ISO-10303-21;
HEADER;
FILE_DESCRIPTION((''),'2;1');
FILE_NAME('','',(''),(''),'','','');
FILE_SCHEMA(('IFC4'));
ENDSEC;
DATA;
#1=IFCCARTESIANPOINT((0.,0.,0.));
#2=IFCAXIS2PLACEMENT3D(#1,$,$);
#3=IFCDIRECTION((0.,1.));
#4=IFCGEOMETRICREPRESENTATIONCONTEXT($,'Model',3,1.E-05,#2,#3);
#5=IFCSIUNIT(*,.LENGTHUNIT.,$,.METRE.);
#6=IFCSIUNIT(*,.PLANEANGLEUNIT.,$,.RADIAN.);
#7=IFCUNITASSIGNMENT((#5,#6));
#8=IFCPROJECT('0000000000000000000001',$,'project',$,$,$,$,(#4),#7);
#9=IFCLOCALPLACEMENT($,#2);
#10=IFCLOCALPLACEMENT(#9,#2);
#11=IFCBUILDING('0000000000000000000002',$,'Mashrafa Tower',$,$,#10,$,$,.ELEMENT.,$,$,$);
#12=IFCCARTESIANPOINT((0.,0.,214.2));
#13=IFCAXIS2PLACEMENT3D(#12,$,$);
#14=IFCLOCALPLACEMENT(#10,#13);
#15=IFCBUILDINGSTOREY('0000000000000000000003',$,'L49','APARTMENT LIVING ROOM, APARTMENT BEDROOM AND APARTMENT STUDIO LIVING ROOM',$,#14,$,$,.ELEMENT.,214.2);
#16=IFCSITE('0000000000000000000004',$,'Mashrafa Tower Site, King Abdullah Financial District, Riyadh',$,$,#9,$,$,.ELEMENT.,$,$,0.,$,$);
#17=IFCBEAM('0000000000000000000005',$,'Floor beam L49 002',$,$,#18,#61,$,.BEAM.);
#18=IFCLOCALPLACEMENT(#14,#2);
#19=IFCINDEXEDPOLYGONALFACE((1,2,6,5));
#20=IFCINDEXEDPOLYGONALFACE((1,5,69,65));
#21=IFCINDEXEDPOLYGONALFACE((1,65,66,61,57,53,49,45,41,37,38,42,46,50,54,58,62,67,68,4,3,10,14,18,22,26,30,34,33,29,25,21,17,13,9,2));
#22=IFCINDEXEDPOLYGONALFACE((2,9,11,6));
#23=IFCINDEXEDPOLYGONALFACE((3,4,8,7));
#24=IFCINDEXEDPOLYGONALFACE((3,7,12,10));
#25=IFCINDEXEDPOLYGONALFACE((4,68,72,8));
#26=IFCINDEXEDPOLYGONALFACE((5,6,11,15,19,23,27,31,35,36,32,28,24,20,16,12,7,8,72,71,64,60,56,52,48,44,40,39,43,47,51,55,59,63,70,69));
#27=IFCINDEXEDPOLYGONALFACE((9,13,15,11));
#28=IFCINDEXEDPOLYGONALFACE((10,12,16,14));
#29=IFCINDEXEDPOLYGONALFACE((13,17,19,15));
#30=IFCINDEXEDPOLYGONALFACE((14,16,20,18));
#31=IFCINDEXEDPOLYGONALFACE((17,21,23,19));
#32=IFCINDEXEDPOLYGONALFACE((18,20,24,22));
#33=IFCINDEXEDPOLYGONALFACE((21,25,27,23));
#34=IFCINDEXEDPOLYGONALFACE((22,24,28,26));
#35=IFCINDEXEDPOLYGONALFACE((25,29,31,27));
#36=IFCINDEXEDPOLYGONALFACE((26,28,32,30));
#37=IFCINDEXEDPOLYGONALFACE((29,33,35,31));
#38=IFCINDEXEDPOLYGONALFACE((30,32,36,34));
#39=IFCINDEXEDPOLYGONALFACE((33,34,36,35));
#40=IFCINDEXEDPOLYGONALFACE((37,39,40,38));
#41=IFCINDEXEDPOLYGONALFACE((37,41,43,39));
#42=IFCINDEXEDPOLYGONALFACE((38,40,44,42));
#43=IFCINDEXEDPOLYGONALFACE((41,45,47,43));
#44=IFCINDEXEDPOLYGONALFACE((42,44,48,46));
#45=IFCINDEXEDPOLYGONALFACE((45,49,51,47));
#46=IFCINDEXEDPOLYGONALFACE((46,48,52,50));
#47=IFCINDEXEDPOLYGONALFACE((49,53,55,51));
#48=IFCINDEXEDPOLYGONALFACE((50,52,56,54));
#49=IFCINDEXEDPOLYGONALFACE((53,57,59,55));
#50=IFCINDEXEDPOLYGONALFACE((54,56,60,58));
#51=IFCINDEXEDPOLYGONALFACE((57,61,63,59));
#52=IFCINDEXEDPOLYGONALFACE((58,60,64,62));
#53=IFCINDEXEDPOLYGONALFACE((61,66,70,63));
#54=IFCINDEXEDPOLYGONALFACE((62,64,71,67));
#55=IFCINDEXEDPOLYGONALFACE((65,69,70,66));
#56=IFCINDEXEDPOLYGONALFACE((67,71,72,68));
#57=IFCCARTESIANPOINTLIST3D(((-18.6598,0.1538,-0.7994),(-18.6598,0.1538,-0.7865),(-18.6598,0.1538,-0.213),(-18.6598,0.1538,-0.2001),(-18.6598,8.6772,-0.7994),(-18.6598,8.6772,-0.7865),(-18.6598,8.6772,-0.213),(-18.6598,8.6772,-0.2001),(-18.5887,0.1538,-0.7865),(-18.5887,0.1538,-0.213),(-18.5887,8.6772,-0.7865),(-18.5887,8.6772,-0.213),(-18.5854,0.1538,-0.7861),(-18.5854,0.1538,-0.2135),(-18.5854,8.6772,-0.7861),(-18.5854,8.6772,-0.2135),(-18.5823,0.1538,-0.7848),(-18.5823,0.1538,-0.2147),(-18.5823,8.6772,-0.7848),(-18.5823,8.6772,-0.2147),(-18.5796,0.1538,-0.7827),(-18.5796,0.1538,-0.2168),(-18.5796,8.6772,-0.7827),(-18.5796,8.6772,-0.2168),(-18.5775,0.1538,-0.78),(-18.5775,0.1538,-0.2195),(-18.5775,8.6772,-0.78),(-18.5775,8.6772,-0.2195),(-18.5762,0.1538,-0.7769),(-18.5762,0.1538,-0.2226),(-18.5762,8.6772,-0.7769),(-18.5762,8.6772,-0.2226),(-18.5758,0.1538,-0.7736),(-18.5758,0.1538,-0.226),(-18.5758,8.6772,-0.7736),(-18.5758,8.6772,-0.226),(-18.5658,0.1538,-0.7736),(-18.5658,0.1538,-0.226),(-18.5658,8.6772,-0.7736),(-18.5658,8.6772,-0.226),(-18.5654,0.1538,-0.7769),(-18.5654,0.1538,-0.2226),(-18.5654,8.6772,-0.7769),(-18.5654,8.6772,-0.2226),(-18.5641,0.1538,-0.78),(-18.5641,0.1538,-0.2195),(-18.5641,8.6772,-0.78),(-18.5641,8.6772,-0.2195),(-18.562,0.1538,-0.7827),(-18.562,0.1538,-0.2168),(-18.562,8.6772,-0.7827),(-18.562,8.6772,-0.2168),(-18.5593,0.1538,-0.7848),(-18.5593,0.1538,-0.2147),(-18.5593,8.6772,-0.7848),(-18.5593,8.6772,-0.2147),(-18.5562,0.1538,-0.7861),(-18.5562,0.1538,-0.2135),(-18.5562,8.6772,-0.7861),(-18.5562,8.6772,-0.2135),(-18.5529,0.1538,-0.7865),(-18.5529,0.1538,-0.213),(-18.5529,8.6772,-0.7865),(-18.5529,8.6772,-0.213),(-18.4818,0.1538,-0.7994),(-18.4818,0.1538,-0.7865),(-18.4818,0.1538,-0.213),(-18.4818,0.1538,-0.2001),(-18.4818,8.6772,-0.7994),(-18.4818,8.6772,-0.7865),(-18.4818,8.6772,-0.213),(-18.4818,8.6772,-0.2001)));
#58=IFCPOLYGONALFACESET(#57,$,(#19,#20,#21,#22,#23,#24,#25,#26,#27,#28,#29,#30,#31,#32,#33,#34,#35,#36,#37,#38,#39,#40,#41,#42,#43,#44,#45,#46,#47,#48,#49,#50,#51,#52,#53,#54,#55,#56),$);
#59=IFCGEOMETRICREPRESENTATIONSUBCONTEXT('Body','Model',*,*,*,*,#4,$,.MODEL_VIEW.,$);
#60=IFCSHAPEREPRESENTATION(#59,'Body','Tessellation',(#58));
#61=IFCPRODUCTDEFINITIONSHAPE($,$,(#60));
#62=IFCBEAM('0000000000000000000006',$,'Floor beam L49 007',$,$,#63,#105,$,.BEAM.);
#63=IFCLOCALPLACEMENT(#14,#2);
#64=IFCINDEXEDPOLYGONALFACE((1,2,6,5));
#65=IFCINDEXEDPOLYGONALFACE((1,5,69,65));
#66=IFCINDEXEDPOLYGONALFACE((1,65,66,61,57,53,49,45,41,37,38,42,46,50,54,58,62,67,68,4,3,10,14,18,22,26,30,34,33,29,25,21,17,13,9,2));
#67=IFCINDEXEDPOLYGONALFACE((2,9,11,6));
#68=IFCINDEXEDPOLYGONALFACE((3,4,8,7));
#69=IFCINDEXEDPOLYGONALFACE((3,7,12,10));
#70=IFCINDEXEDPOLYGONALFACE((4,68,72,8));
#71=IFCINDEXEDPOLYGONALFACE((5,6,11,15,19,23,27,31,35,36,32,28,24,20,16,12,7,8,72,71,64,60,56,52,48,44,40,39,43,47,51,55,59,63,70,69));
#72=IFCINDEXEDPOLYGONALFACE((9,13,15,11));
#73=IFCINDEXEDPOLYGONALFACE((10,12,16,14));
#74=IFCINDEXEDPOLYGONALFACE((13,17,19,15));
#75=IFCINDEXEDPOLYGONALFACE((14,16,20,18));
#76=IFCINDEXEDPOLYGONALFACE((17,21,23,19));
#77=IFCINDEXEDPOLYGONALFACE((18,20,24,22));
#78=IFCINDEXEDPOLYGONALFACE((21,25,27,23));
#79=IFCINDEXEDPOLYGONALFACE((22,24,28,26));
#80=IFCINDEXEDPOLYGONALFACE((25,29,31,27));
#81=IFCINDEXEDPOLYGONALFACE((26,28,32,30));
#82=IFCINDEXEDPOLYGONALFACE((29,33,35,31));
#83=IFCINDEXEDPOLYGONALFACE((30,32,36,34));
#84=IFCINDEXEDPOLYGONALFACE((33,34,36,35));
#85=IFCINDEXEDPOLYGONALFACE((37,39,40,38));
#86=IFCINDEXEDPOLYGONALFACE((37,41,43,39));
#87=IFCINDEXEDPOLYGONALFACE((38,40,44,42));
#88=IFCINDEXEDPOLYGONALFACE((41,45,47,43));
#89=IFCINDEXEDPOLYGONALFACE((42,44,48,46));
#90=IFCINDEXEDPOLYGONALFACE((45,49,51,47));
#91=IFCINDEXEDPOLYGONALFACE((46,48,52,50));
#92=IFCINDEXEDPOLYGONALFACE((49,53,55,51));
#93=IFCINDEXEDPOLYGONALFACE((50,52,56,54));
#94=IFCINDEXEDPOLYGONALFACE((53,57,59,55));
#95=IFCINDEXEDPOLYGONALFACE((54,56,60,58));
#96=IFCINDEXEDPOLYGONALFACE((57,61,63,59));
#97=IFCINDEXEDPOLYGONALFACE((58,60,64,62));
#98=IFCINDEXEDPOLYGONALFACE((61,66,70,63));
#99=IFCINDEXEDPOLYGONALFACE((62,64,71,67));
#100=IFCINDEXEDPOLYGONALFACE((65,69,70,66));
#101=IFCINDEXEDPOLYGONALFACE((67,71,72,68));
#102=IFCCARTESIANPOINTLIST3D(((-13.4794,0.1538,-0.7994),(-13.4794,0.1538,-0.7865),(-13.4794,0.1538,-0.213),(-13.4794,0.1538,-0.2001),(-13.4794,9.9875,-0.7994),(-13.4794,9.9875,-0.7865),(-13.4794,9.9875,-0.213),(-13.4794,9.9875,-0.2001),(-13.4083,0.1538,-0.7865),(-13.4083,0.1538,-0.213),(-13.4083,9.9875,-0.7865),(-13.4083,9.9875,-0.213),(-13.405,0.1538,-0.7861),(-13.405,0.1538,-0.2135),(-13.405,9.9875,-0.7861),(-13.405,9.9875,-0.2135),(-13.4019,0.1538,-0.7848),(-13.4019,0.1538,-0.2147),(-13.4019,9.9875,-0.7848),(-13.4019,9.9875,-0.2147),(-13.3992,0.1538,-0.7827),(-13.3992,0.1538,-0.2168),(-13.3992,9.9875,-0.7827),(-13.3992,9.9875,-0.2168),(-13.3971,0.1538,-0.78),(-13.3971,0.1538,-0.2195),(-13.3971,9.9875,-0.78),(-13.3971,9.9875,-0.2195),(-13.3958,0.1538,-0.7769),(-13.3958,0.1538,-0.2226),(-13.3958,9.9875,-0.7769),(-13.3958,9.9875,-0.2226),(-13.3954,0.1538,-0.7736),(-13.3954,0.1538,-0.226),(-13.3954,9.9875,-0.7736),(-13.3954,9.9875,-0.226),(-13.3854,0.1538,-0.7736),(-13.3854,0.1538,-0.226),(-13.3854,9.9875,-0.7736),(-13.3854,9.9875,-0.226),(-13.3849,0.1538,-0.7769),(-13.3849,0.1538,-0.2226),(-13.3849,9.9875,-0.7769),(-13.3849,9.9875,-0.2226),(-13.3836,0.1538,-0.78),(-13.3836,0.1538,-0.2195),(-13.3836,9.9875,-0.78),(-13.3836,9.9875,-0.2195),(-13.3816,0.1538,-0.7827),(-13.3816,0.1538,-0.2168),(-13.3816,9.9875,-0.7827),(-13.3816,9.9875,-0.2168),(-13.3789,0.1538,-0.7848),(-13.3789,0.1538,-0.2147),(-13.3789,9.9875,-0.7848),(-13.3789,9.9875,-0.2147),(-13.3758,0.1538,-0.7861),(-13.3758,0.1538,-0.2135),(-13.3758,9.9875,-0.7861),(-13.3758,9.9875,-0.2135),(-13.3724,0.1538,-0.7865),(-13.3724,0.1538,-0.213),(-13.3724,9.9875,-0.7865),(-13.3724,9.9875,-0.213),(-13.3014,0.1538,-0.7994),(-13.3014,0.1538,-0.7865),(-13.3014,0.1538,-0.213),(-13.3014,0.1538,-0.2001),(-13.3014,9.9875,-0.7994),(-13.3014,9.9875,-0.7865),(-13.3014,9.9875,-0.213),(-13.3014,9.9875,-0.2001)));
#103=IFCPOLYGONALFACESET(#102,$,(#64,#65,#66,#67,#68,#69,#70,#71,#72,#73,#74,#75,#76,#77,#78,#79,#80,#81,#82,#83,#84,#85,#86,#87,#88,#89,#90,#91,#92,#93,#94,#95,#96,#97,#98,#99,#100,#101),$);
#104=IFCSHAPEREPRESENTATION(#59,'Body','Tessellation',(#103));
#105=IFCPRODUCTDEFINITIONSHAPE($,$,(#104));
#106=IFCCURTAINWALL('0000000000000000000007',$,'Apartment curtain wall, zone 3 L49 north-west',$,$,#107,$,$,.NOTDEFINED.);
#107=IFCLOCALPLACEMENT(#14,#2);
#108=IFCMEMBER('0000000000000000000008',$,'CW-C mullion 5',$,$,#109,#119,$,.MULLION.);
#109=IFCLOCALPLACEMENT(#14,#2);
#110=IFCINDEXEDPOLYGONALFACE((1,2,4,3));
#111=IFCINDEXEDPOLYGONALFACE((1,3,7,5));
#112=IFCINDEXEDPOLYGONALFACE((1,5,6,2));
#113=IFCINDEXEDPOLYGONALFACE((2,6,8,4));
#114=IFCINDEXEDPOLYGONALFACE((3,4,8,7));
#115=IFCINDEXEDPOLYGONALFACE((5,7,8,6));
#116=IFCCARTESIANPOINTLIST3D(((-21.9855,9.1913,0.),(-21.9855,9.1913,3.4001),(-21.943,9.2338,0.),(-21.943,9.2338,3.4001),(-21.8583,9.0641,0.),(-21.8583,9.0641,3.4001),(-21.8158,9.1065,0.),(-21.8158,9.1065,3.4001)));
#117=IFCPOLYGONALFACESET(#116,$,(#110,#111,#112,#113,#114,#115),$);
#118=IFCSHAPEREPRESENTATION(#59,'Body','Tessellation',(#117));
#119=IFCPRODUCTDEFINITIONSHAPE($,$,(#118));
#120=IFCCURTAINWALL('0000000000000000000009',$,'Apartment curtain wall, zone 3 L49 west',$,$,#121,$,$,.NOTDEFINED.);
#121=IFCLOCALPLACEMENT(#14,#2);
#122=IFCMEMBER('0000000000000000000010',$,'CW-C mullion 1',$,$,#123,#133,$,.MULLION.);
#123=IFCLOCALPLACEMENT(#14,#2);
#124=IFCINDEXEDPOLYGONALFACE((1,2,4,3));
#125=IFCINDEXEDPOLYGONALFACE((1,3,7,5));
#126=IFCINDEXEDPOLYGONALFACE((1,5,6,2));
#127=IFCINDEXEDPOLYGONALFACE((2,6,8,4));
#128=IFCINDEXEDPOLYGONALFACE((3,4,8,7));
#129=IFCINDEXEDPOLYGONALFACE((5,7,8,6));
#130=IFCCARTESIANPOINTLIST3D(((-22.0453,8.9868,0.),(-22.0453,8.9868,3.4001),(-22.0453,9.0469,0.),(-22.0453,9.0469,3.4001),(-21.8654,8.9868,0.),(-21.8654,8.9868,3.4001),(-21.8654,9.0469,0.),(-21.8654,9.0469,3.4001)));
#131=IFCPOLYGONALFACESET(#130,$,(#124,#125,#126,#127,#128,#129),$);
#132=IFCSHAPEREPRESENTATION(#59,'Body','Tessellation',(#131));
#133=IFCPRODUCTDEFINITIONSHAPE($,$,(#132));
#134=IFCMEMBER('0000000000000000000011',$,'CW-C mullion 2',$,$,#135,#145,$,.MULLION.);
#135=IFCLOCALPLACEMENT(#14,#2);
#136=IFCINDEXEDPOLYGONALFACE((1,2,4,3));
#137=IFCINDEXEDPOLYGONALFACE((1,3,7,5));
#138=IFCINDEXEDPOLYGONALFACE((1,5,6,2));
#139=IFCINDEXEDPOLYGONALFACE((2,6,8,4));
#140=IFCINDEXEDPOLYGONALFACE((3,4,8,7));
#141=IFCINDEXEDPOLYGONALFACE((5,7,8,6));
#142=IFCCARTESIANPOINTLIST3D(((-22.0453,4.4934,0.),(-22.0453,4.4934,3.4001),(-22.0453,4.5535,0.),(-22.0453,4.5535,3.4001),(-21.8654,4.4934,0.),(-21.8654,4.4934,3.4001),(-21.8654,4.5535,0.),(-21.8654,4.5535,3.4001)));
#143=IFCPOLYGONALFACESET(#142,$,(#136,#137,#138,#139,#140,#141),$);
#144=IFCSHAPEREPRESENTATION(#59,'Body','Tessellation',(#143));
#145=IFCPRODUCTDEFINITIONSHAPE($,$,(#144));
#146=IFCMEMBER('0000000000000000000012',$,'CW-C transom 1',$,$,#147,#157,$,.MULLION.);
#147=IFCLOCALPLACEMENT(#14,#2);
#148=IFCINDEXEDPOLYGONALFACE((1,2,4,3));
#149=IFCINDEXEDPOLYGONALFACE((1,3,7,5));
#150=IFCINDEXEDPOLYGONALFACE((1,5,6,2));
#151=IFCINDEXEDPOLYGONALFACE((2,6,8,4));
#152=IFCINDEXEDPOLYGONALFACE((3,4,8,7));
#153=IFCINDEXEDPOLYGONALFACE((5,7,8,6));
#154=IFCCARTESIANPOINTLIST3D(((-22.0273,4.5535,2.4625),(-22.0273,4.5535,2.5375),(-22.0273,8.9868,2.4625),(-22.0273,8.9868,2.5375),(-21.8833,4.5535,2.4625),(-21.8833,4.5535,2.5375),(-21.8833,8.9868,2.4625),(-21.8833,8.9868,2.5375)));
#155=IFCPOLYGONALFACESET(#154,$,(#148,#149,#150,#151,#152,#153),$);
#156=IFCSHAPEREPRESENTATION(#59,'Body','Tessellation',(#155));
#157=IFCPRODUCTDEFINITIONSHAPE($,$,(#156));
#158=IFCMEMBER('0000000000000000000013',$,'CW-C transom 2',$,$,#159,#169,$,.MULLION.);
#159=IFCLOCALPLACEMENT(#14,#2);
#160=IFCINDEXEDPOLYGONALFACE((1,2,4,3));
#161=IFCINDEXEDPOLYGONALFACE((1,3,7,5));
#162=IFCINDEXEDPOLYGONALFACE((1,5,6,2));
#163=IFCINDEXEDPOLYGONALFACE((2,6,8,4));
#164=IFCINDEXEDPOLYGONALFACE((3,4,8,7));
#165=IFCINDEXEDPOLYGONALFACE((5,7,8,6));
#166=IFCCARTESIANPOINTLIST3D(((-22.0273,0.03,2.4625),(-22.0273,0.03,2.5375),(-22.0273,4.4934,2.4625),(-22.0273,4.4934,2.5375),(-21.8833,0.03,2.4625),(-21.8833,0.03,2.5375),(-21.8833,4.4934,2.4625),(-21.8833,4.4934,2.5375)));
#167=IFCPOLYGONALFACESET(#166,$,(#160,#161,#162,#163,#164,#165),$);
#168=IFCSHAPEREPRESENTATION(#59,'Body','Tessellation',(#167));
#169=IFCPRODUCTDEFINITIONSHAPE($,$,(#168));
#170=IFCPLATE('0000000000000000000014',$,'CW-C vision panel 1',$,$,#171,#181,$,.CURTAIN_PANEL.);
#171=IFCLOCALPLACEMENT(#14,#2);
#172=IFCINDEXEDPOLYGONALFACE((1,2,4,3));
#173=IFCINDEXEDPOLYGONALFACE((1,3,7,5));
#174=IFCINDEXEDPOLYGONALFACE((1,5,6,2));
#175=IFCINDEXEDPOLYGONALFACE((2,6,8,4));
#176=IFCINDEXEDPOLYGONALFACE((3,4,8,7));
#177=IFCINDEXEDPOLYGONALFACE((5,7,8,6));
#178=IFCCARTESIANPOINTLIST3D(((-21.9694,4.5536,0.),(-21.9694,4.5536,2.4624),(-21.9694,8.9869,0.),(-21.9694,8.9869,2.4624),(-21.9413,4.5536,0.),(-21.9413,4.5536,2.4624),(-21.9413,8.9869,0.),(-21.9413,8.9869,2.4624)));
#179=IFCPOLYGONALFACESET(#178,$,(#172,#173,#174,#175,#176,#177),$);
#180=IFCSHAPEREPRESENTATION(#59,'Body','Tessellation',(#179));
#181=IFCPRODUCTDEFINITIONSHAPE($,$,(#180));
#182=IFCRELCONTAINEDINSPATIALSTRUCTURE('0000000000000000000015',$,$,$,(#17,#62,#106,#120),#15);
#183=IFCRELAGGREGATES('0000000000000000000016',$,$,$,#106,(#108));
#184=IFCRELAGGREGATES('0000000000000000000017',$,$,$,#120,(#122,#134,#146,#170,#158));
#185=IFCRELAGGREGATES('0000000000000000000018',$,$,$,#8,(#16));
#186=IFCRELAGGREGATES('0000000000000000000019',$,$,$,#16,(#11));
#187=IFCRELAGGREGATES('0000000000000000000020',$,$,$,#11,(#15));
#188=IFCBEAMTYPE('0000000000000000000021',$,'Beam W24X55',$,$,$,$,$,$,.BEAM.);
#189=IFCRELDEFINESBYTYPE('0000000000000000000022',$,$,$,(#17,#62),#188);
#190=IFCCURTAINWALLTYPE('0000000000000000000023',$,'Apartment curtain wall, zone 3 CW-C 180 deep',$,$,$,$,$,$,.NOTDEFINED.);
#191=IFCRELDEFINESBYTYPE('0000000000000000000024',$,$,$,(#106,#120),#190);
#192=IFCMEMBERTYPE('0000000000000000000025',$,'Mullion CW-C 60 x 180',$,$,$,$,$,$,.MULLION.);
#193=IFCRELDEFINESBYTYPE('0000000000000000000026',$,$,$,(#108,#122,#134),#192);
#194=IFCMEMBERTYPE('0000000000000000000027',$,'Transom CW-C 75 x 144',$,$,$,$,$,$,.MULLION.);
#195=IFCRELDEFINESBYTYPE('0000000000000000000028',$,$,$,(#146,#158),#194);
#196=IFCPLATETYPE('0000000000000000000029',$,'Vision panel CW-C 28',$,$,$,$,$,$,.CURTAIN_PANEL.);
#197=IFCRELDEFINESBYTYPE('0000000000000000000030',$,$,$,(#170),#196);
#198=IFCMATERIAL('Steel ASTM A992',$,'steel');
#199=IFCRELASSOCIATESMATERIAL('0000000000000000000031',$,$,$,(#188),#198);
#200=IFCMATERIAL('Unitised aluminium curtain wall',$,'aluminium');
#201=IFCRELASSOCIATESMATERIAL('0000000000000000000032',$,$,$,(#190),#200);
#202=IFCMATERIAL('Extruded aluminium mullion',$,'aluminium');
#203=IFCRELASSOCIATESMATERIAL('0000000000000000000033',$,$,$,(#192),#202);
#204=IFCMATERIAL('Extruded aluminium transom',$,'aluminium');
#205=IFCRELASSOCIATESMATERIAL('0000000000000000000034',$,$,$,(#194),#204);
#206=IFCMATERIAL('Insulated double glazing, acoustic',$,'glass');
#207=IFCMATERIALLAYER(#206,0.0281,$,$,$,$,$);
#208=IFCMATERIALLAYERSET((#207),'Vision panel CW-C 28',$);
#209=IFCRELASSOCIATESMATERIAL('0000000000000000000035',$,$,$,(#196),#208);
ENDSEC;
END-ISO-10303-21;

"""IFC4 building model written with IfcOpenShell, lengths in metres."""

from ifc_helpers import new_model, si_unit, direction, frame, origin, origin_2d, place, context, subcontext, project, spatial, rectangle, i_section, extrude, source, transform, mapped, material, layer, layer_set, material_profile, profile_set, type_object, type_shapes, element, aggregate, save


model = new_model("IFC4")

# Units and contexts
model_context = context("Model", 3, precision=1e-05, world=origin(), true_north=direction((0.0, 1.0)))
body_context = subcontext(model_context, "Body", "Model", "MODEL_VIEW")
ifc_project = project(units=[si_unit("LENGTHUNIT", "METRE"), si_unit("PLANEANGLEUNIT", "RADIAN")], contexts=[model_context])

# Site, building, storey
site_placement = place(None, origin())
site = spatial("IfcSite", under=ifc_project, at=site_placement, Name="Mashrafa Tower Site, King Abdullah Financial District, Riyadh", CompositionType="ELEMENT", RefElevation=0.0)
building_placement = place(site_placement, origin())
building = spatial("IfcBuilding", under=site, at=building_placement, Name="Mashrafa Tower", CompositionType="ELEMENT")
storey_placement = place(building_placement, frame((0.0, 0.0, 214.2)))
storey = spatial("IfcBuildingStorey", under=building, at=storey_placement, Name="L49", Description="APARTMENT LIVING ROOM, APARTMENT BEDROOM AND APARTMENT STUDIO LIVING ROOM", CompositionType="ELEMENT", Elevation=214.2)

# Beams
ifc_material_1 = material(Name="Steel ASTM A992", Category="steel")
ifc_material_profile_1 = material_profile(ifc_material_1, i_section(OverallWidth=0.178, OverallDepth=0.5994, WebThickness=0.01, FlangeThickness=0.0129, FilletRadius=0.0129, at=origin_2d()), Name="W24X55")
ifc_profile_set_1 = profile_set([ifc_material_profile_1], Name="Steel ASTM A992")
beam_type_1 = type_object("IfcBeamType", Name="Beam W24X55", PredefinedType="BEAM", material=ifc_profile_set_1)
beam_1_placement = place(storey_placement, frame((-18.5708, 0.1538, -0.4998), z_axis=(0.0, 1.0, 0.0), x_axis=(-1.0, 0.0, 0.0)))
element("IfcBeam", 1, at=beam_1_placement, inside=storey, type_object=beam_type_1, Name="Floor beam L49 002", PredefinedType="BEAM", context=body_context, shape_type="SweptSolid", body=[
    extrude(i_section(OverallWidth=0.178, OverallDepth=0.5994, WebThickness=0.01, FlangeThickness=0.0129, FilletRadius=0.0129, at=origin_2d()), origin(), (0.0, 0.0, 1.0), 8.5234),
])
beam_2_placement = place(storey_placement, frame((-13.3904, 0.1538, -0.4998), z_axis=(0.0, 1.0, 0.0), x_axis=(-1.0, 0.0, 0.0)))
element("IfcBeam", 2, at=beam_2_placement, inside=storey, type_object=beam_type_1, Name="Floor beam L49 007", PredefinedType="BEAM", context=body_context, shape_type="SweptSolid", body=[
    extrude(i_section(OverallWidth=0.178, OverallDepth=0.5994, WebThickness=0.01, FlangeThickness=0.0129, FilletRadius=0.0129, at=origin_2d()), origin(), (0.0, 0.0, 1.0), 9.8337),
])

# Curtain wall, member
ifc_material_2 = material(Name="Unitised aluminium curtain wall", Category="aluminium")
curtain_wall_type = type_object("IfcCurtainWallType", Name="Apartment curtain wall, zone 3 CW-C 180 deep", PredefinedType="NOTDEFINED", material=ifc_material_2)
curtain_wall_1_placement = place(storey_placement, origin())
curtain_wall_1 = element("IfcCurtainWall", 3, at=curtain_wall_1_placement, inside=storey, type_object=curtain_wall_type, Name="Apartment curtain wall, zone 3 L49 north-west", PredefinedType="NOTDEFINED")
ifc_material_3 = material(Name="Extruded aluminium mullion", Category="aluminium")
ifc_material_profile_2 = material_profile(ifc_material_3, rectangle(XDim=0.1799, YDim=0.0601, at=origin_2d()), Name="Mullion 60x180")
ifc_profile_set_2 = profile_set([ifc_material_profile_2], Name="Extruded aluminium mullion")
member_type_1 = type_object("IfcMemberType", Name="Mullion CW-C 60 x 180", PredefinedType="MULLION", material=ifc_profile_set_2)
shared_shape_1 = source(origin(), body_context, "Body", "SweptSolid", [
    extrude(rectangle(XDim=0.1799, YDim=0.0601, at=origin_2d()), origin(), (0.0, 0.0, 1.0), 3.4001),
])
type_shapes(member_type_1, [shared_shape_1])
member_1_placement = place(storey_placement, frame((-21.9006, 9.1489, 0.0), z_axis=(0.0, 0.0, 1.0), x_axis=(0.707107, -0.707107, 0.0)))
member_1 = element("IfcMember", 4, at=member_1_placement, type_object=member_type_1, Name="CW-C mullion 5", PredefinedType="MULLION", context=body_context, shape_type="MappedRepresentation", body=[
    mapped(shared_shape_1, transform((0.0, 0.0, 0.0))),
])
aggregate(curtain_wall_1, [member_1])

# Curtain wall, members, plate
curtain_wall_2_placement = place(storey_placement, origin())
curtain_wall_2 = element("IfcCurtainWall", 5, at=curtain_wall_2_placement, inside=storey, type_object=curtain_wall_type, Name="Apartment curtain wall, zone 3 L49 west", PredefinedType="NOTDEFINED")
member_2_placement = place(storey_placement, frame((-21.9553, 9.0168, 0.0), z_axis=(0.0, 0.0, 1.0), x_axis=(1.0, 0.0, 0.0)))
member_2 = element("IfcMember", 6, at=member_2_placement, type_object=member_type_1, Name="CW-C mullion 1", PredefinedType="MULLION", context=body_context, shape_type="MappedRepresentation", body=[
    mapped(shared_shape_1, transform((0.0, 0.0, 0.0))),
])
member_3_placement = place(storey_placement, frame((-21.9553, 4.5234, 0.0), z_axis=(0.0, 0.0, 1.0), x_axis=(1.0, 0.0, 0.0)))
member_3 = element("IfcMember", 7, at=member_3_placement, type_object=member_type_1, Name="CW-C mullion 2", PredefinedType="MULLION", context=body_context, shape_type="MappedRepresentation", body=[
    mapped(shared_shape_1, transform((0.0, 0.0, 0.0))),
])
ifc_material_4 = material(Name="Extruded aluminium transom", Category="aluminium")
ifc_material_profile_3 = material_profile(ifc_material_4, rectangle(XDim=0.144, YDim=0.075, at=origin_2d()), Name="Transom 75x144")
ifc_profile_set_3 = profile_set([ifc_material_profile_3], Name="Extruded aluminium transom")
member_type_2 = type_object("IfcMemberType", Name="Transom CW-C 75 x 144", PredefinedType="MULLION", material=ifc_profile_set_3)
shared_shape_2 = source(origin(), body_context, "Body", "SweptSolid", [
    extrude(rectangle(XDim=0.144, YDim=0.075, at=origin_2d()), origin(), (0.0, 0.0, 1.0), 4.4333),
])
member_4_placement = place(storey_placement, frame((-21.9553, 8.9868, 2.5), z_axis=(0.0, -1.0, 0.0), x_axis=(1.0, 0.0, 0.0)))
member_4 = element("IfcMember", 8, at=member_4_placement, type_object=member_type_2, Name="CW-C transom 1", PredefinedType="MULLION", context=body_context, shape_type="MappedRepresentation", body=[
    mapped(shared_shape_2, transform((0.0, 0.0, 0.0))),
])
shared_shape_3 = source(origin(), body_context, "Body", "SweptSolid", [
    extrude(rectangle(XDim=0.144, YDim=0.075, at=origin_2d()), origin(), (0.0, 0.0, 1.0), 4.4634),
])
type_shapes(member_type_2, [shared_shape_2, shared_shape_3])
member_5_placement = place(storey_placement, frame((-21.9553, 4.4934, 2.5), z_axis=(0.0, -1.0, 0.0), x_axis=(1.0, 0.0, 0.0)))
member_5 = element("IfcMember", 9, at=member_5_placement, type_object=member_type_2, Name="CW-C transom 2", PredefinedType="MULLION", context=body_context, shape_type="MappedRepresentation", body=[
    mapped(shared_shape_3, transform((0.0, 0.0, 0.0))),
])
ifc_material_5 = material(Name="Insulated double glazing, acoustic", Category="glass")
ifc_layer_1 = layer(ifc_material_5, 0.0281)
ifc_layer_set_1 = layer_set([ifc_layer_1], Name="Vision panel CW-C 28")
plate_type_1 = type_object("IfcPlateType", Name="Vision panel CW-C 28", PredefinedType="CURTAIN_PANEL", material=ifc_layer_set_1)
shared_shape_4 = source(origin(), body_context, "Body", "SweptSolid", [
    extrude(rectangle(XDim=4.4333, YDim=0.0281, at=origin_2d()), origin(), (0.0, 0.0, 1.0), 2.4624),
])
plate_1_placement = place(storey_placement, frame((-21.9553, 6.7703, 0.0), z_axis=(0.0, 0.0, 1.0), x_axis=(0.0, -1.0, 0.0)))
plate_1 = element("IfcPlate", 10, at=plate_1_placement, type_object=plate_type_1, Name="CW-C vision panel 1", PredefinedType="CURTAIN_PANEL", context=body_context, shape_type="MappedRepresentation", body=[
    mapped(shared_shape_4, transform((0.0, 0.0, 0.0))),
])
aggregate(curtain_wall_2, [member_2, member_3, member_4, plate_1, member_5])

save(model, "model.ifc")
